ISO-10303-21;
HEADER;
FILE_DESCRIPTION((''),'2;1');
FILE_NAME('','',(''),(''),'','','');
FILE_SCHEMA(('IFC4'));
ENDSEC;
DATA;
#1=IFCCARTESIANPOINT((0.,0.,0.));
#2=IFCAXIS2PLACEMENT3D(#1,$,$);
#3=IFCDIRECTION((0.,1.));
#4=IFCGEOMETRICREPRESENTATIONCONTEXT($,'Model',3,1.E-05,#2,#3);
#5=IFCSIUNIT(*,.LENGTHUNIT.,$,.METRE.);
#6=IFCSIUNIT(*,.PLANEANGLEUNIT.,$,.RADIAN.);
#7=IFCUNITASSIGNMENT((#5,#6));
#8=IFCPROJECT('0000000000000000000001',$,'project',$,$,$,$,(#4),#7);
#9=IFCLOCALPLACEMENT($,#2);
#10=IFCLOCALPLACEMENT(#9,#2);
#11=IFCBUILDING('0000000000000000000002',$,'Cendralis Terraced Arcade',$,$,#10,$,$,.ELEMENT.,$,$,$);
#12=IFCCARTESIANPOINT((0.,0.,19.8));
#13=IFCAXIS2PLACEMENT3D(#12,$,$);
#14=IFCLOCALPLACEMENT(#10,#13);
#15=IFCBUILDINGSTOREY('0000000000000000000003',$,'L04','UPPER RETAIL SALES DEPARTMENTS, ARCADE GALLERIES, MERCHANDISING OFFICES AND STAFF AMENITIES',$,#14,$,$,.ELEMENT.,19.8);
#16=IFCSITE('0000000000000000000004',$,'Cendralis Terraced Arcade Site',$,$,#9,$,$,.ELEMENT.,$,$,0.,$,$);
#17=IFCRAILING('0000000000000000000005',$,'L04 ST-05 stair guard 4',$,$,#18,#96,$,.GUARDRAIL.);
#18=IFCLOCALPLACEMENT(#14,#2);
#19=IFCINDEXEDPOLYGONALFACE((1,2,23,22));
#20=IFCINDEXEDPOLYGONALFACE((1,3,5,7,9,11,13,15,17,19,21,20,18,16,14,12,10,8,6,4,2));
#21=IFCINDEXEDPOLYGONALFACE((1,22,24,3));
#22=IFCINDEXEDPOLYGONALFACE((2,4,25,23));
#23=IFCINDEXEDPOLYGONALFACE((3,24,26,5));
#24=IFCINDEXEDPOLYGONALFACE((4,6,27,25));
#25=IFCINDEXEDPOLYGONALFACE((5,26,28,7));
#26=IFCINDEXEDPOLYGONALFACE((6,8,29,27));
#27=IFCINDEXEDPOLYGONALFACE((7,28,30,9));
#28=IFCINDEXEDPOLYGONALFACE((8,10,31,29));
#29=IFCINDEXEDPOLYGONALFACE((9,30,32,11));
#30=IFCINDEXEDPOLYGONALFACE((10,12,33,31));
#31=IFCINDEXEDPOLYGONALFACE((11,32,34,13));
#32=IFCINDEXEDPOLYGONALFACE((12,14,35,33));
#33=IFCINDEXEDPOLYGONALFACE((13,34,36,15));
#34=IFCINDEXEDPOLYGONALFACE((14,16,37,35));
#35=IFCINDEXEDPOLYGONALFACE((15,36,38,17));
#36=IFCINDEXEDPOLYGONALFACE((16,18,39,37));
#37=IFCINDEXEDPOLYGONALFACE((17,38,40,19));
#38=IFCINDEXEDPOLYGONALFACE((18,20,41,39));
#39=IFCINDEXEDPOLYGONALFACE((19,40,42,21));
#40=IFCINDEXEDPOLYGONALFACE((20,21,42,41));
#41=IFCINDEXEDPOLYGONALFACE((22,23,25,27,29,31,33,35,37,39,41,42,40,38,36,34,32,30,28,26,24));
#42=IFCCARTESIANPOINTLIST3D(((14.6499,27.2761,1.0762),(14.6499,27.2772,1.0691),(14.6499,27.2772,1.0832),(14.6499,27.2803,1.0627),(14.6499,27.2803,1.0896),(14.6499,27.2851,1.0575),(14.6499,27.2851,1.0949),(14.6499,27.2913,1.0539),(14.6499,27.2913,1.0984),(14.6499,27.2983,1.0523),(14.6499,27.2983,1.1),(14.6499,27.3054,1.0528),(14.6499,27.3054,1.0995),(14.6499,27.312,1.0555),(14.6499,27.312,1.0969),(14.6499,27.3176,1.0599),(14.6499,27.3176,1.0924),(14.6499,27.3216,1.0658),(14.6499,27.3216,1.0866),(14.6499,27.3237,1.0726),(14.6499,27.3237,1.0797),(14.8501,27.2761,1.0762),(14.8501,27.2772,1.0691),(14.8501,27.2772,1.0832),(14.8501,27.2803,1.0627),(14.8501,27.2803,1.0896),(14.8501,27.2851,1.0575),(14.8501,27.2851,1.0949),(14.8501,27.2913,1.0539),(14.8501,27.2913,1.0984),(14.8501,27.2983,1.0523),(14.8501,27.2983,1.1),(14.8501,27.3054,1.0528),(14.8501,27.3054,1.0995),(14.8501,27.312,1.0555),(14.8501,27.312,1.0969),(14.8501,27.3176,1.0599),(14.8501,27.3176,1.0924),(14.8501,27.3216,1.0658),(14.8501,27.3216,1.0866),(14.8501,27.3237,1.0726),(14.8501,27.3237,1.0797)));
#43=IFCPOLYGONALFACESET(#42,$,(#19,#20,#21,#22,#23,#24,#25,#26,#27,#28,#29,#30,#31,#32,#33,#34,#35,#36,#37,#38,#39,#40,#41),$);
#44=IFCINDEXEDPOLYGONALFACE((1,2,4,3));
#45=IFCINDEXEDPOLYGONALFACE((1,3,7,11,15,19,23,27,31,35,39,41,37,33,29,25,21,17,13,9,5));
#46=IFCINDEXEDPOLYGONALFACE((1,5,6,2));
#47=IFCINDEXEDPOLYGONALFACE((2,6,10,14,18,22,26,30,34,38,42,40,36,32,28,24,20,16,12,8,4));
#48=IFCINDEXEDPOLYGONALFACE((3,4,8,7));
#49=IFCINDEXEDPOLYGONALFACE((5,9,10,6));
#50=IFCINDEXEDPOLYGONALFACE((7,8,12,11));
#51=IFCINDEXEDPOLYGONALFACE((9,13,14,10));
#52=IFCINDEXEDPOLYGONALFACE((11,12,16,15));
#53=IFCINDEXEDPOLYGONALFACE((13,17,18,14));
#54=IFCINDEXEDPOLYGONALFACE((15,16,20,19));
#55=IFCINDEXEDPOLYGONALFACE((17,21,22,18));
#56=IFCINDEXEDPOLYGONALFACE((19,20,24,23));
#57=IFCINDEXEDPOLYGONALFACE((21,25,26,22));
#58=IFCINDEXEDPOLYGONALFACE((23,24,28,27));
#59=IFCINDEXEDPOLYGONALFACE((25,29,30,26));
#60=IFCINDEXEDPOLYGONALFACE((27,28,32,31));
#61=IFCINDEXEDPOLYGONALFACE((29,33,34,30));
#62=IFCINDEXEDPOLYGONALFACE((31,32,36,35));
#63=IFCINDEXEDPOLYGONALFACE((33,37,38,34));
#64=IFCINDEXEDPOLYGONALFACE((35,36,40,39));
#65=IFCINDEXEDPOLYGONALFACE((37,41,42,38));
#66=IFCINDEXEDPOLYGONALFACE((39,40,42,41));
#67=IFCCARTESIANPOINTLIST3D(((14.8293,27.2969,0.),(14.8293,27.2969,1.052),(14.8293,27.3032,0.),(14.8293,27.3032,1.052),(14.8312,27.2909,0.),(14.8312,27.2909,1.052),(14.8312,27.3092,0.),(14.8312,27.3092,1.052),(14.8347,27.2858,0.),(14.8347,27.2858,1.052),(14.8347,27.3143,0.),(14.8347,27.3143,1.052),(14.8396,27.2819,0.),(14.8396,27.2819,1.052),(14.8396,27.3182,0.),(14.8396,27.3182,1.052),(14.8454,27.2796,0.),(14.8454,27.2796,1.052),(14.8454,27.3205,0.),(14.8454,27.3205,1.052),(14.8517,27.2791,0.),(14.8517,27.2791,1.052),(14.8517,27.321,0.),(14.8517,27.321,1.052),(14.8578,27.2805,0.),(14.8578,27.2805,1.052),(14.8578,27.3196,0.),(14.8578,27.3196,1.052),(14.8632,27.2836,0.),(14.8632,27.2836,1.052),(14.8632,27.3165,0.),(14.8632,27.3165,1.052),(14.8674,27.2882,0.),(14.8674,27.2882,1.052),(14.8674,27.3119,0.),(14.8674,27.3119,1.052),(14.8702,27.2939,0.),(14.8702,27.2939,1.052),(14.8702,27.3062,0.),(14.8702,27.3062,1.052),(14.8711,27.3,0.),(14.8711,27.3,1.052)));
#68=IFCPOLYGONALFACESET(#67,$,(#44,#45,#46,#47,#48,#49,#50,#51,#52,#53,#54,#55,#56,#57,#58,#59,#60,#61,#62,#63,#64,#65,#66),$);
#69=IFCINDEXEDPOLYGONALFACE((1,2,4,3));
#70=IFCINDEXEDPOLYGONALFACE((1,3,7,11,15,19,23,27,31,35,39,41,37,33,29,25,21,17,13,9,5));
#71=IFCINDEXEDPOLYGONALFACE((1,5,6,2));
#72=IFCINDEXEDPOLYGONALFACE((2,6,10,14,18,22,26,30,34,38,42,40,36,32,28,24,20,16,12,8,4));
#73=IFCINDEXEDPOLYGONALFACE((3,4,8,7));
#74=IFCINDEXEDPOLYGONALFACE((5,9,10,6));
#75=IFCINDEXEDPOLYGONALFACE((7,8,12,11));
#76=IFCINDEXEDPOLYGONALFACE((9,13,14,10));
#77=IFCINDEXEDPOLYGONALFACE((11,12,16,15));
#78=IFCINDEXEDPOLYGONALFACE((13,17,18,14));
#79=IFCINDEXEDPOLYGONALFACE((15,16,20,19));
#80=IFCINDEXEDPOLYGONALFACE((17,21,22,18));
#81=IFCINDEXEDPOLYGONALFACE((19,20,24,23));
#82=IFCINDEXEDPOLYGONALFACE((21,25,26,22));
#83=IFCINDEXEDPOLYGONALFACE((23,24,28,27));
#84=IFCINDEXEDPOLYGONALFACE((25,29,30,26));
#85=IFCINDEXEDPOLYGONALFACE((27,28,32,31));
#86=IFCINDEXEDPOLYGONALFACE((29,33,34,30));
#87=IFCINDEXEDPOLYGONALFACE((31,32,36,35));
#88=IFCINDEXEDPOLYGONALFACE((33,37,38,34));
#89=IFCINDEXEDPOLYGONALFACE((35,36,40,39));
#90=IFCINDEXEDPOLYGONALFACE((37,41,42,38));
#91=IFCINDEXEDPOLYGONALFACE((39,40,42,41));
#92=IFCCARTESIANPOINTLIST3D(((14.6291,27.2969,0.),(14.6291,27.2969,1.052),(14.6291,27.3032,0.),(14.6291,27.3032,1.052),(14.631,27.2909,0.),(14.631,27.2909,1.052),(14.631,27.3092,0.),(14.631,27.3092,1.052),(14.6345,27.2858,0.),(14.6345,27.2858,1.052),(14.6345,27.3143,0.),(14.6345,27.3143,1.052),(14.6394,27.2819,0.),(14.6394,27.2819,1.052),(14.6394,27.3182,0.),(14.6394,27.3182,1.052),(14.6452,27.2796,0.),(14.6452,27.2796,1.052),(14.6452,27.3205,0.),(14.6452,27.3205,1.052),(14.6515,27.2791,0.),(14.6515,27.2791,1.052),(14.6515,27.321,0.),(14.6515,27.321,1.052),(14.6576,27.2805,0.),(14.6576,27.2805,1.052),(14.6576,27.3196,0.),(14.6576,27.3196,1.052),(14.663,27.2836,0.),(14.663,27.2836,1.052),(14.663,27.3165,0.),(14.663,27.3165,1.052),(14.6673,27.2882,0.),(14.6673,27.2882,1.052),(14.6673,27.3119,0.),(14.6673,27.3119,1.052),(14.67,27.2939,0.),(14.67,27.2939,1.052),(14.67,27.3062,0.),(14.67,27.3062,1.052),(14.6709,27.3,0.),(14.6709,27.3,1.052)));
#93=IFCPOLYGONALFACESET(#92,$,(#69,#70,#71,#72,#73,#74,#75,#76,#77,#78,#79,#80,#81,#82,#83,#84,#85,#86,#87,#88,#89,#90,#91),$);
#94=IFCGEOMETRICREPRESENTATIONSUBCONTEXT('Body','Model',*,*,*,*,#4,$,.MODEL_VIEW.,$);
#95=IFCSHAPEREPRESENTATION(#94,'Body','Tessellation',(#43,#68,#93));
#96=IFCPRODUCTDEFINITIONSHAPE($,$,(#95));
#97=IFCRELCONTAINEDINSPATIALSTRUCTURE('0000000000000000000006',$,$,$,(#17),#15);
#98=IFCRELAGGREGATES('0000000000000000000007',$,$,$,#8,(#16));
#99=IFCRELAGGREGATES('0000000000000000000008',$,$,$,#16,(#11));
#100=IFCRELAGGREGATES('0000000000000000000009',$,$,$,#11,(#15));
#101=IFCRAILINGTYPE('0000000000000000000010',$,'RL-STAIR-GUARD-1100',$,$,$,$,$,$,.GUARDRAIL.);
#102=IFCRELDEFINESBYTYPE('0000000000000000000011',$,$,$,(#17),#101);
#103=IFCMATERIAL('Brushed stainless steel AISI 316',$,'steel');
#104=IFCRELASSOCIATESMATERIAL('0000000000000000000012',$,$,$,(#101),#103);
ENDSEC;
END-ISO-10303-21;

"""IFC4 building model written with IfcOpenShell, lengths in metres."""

from ifc_helpers import new_model, si_unit, direction, frame, origin, origin_2d, place, context, subcontext, project, spatial, circle, extrude, material, type_object, element, save


model = new_model("IFC4")

# Units and contexts
model_context = context("Model", 3, precision=1e-05, world=origin(), true_north=direction((0.0, 1.0)))
body_context = subcontext(model_context, "Body", "Model", "MODEL_VIEW")
ifc_project = project(units=[si_unit("LENGTHUNIT", "METRE"), si_unit("PLANEANGLEUNIT", "RADIAN")], contexts=[model_context])

# Site, building, storey
site_placement = place(None, origin())
site = spatial("IfcSite", under=ifc_project, at=site_placement, Name="Cendralis Terraced Arcade Site", CompositionType="ELEMENT", RefElevation=0.0)
building_placement = place(site_placement, origin())
building = spatial("IfcBuilding", under=site, at=building_placement, Name="Cendralis Terraced Arcade", CompositionType="ELEMENT")
storey_placement = place(building_placement, frame((0.0, 0.0, 19.8)))
storey = spatial("IfcBuildingStorey", under=building, at=storey_placement, Name="L04", Description="UPPER RETAIL SALES DEPARTMENTS, ARCADE GALLERIES, MERCHANDISING OFFICES AND STAFF AMENITIES", CompositionType="ELEMENT", Elevation=19.8)

# Railing
ifc_material_1 = material(Name="Brushed stainless steel AISI 316", Category="steel")
railing_type_1 = type_object("IfcRailingType", Name="RL-STAIR-GUARD-1100", PredefinedType="GUARDRAIL", material=ifc_material_1)
railing_1_placement = place(storey_placement, frame((14.8501, 27.3, 0.0)))
element("IfcRailing", 1, at=railing_1_placement, inside=storey, type_object=railing_type_1, Name="L04 ST-05 stair guard 4", PredefinedType="GUARDRAIL", context=body_context, shape_type="SweptSolid", body=[
    extrude(circle(Radius=0.0239, at=origin_2d()), frame((0.0, 0.0, 1.0762), z_axis=(-1.0, 0.0, 0.0), x_axis=(0.0, -1.0, 0.0)), (0.0, 0.0, 1.0), 0.2002),
    extrude(circle(Radius=0.021, at=origin_2d()), origin(), (0.0, 0.0, 1.0), 1.052),
    extrude(circle(Radius=0.021, at=origin_2d()), frame((-0.2002, 0.0, 0.0)), (0.0, 0.0, 1.0), 1.052),
])

save(model, "model.ifc")
